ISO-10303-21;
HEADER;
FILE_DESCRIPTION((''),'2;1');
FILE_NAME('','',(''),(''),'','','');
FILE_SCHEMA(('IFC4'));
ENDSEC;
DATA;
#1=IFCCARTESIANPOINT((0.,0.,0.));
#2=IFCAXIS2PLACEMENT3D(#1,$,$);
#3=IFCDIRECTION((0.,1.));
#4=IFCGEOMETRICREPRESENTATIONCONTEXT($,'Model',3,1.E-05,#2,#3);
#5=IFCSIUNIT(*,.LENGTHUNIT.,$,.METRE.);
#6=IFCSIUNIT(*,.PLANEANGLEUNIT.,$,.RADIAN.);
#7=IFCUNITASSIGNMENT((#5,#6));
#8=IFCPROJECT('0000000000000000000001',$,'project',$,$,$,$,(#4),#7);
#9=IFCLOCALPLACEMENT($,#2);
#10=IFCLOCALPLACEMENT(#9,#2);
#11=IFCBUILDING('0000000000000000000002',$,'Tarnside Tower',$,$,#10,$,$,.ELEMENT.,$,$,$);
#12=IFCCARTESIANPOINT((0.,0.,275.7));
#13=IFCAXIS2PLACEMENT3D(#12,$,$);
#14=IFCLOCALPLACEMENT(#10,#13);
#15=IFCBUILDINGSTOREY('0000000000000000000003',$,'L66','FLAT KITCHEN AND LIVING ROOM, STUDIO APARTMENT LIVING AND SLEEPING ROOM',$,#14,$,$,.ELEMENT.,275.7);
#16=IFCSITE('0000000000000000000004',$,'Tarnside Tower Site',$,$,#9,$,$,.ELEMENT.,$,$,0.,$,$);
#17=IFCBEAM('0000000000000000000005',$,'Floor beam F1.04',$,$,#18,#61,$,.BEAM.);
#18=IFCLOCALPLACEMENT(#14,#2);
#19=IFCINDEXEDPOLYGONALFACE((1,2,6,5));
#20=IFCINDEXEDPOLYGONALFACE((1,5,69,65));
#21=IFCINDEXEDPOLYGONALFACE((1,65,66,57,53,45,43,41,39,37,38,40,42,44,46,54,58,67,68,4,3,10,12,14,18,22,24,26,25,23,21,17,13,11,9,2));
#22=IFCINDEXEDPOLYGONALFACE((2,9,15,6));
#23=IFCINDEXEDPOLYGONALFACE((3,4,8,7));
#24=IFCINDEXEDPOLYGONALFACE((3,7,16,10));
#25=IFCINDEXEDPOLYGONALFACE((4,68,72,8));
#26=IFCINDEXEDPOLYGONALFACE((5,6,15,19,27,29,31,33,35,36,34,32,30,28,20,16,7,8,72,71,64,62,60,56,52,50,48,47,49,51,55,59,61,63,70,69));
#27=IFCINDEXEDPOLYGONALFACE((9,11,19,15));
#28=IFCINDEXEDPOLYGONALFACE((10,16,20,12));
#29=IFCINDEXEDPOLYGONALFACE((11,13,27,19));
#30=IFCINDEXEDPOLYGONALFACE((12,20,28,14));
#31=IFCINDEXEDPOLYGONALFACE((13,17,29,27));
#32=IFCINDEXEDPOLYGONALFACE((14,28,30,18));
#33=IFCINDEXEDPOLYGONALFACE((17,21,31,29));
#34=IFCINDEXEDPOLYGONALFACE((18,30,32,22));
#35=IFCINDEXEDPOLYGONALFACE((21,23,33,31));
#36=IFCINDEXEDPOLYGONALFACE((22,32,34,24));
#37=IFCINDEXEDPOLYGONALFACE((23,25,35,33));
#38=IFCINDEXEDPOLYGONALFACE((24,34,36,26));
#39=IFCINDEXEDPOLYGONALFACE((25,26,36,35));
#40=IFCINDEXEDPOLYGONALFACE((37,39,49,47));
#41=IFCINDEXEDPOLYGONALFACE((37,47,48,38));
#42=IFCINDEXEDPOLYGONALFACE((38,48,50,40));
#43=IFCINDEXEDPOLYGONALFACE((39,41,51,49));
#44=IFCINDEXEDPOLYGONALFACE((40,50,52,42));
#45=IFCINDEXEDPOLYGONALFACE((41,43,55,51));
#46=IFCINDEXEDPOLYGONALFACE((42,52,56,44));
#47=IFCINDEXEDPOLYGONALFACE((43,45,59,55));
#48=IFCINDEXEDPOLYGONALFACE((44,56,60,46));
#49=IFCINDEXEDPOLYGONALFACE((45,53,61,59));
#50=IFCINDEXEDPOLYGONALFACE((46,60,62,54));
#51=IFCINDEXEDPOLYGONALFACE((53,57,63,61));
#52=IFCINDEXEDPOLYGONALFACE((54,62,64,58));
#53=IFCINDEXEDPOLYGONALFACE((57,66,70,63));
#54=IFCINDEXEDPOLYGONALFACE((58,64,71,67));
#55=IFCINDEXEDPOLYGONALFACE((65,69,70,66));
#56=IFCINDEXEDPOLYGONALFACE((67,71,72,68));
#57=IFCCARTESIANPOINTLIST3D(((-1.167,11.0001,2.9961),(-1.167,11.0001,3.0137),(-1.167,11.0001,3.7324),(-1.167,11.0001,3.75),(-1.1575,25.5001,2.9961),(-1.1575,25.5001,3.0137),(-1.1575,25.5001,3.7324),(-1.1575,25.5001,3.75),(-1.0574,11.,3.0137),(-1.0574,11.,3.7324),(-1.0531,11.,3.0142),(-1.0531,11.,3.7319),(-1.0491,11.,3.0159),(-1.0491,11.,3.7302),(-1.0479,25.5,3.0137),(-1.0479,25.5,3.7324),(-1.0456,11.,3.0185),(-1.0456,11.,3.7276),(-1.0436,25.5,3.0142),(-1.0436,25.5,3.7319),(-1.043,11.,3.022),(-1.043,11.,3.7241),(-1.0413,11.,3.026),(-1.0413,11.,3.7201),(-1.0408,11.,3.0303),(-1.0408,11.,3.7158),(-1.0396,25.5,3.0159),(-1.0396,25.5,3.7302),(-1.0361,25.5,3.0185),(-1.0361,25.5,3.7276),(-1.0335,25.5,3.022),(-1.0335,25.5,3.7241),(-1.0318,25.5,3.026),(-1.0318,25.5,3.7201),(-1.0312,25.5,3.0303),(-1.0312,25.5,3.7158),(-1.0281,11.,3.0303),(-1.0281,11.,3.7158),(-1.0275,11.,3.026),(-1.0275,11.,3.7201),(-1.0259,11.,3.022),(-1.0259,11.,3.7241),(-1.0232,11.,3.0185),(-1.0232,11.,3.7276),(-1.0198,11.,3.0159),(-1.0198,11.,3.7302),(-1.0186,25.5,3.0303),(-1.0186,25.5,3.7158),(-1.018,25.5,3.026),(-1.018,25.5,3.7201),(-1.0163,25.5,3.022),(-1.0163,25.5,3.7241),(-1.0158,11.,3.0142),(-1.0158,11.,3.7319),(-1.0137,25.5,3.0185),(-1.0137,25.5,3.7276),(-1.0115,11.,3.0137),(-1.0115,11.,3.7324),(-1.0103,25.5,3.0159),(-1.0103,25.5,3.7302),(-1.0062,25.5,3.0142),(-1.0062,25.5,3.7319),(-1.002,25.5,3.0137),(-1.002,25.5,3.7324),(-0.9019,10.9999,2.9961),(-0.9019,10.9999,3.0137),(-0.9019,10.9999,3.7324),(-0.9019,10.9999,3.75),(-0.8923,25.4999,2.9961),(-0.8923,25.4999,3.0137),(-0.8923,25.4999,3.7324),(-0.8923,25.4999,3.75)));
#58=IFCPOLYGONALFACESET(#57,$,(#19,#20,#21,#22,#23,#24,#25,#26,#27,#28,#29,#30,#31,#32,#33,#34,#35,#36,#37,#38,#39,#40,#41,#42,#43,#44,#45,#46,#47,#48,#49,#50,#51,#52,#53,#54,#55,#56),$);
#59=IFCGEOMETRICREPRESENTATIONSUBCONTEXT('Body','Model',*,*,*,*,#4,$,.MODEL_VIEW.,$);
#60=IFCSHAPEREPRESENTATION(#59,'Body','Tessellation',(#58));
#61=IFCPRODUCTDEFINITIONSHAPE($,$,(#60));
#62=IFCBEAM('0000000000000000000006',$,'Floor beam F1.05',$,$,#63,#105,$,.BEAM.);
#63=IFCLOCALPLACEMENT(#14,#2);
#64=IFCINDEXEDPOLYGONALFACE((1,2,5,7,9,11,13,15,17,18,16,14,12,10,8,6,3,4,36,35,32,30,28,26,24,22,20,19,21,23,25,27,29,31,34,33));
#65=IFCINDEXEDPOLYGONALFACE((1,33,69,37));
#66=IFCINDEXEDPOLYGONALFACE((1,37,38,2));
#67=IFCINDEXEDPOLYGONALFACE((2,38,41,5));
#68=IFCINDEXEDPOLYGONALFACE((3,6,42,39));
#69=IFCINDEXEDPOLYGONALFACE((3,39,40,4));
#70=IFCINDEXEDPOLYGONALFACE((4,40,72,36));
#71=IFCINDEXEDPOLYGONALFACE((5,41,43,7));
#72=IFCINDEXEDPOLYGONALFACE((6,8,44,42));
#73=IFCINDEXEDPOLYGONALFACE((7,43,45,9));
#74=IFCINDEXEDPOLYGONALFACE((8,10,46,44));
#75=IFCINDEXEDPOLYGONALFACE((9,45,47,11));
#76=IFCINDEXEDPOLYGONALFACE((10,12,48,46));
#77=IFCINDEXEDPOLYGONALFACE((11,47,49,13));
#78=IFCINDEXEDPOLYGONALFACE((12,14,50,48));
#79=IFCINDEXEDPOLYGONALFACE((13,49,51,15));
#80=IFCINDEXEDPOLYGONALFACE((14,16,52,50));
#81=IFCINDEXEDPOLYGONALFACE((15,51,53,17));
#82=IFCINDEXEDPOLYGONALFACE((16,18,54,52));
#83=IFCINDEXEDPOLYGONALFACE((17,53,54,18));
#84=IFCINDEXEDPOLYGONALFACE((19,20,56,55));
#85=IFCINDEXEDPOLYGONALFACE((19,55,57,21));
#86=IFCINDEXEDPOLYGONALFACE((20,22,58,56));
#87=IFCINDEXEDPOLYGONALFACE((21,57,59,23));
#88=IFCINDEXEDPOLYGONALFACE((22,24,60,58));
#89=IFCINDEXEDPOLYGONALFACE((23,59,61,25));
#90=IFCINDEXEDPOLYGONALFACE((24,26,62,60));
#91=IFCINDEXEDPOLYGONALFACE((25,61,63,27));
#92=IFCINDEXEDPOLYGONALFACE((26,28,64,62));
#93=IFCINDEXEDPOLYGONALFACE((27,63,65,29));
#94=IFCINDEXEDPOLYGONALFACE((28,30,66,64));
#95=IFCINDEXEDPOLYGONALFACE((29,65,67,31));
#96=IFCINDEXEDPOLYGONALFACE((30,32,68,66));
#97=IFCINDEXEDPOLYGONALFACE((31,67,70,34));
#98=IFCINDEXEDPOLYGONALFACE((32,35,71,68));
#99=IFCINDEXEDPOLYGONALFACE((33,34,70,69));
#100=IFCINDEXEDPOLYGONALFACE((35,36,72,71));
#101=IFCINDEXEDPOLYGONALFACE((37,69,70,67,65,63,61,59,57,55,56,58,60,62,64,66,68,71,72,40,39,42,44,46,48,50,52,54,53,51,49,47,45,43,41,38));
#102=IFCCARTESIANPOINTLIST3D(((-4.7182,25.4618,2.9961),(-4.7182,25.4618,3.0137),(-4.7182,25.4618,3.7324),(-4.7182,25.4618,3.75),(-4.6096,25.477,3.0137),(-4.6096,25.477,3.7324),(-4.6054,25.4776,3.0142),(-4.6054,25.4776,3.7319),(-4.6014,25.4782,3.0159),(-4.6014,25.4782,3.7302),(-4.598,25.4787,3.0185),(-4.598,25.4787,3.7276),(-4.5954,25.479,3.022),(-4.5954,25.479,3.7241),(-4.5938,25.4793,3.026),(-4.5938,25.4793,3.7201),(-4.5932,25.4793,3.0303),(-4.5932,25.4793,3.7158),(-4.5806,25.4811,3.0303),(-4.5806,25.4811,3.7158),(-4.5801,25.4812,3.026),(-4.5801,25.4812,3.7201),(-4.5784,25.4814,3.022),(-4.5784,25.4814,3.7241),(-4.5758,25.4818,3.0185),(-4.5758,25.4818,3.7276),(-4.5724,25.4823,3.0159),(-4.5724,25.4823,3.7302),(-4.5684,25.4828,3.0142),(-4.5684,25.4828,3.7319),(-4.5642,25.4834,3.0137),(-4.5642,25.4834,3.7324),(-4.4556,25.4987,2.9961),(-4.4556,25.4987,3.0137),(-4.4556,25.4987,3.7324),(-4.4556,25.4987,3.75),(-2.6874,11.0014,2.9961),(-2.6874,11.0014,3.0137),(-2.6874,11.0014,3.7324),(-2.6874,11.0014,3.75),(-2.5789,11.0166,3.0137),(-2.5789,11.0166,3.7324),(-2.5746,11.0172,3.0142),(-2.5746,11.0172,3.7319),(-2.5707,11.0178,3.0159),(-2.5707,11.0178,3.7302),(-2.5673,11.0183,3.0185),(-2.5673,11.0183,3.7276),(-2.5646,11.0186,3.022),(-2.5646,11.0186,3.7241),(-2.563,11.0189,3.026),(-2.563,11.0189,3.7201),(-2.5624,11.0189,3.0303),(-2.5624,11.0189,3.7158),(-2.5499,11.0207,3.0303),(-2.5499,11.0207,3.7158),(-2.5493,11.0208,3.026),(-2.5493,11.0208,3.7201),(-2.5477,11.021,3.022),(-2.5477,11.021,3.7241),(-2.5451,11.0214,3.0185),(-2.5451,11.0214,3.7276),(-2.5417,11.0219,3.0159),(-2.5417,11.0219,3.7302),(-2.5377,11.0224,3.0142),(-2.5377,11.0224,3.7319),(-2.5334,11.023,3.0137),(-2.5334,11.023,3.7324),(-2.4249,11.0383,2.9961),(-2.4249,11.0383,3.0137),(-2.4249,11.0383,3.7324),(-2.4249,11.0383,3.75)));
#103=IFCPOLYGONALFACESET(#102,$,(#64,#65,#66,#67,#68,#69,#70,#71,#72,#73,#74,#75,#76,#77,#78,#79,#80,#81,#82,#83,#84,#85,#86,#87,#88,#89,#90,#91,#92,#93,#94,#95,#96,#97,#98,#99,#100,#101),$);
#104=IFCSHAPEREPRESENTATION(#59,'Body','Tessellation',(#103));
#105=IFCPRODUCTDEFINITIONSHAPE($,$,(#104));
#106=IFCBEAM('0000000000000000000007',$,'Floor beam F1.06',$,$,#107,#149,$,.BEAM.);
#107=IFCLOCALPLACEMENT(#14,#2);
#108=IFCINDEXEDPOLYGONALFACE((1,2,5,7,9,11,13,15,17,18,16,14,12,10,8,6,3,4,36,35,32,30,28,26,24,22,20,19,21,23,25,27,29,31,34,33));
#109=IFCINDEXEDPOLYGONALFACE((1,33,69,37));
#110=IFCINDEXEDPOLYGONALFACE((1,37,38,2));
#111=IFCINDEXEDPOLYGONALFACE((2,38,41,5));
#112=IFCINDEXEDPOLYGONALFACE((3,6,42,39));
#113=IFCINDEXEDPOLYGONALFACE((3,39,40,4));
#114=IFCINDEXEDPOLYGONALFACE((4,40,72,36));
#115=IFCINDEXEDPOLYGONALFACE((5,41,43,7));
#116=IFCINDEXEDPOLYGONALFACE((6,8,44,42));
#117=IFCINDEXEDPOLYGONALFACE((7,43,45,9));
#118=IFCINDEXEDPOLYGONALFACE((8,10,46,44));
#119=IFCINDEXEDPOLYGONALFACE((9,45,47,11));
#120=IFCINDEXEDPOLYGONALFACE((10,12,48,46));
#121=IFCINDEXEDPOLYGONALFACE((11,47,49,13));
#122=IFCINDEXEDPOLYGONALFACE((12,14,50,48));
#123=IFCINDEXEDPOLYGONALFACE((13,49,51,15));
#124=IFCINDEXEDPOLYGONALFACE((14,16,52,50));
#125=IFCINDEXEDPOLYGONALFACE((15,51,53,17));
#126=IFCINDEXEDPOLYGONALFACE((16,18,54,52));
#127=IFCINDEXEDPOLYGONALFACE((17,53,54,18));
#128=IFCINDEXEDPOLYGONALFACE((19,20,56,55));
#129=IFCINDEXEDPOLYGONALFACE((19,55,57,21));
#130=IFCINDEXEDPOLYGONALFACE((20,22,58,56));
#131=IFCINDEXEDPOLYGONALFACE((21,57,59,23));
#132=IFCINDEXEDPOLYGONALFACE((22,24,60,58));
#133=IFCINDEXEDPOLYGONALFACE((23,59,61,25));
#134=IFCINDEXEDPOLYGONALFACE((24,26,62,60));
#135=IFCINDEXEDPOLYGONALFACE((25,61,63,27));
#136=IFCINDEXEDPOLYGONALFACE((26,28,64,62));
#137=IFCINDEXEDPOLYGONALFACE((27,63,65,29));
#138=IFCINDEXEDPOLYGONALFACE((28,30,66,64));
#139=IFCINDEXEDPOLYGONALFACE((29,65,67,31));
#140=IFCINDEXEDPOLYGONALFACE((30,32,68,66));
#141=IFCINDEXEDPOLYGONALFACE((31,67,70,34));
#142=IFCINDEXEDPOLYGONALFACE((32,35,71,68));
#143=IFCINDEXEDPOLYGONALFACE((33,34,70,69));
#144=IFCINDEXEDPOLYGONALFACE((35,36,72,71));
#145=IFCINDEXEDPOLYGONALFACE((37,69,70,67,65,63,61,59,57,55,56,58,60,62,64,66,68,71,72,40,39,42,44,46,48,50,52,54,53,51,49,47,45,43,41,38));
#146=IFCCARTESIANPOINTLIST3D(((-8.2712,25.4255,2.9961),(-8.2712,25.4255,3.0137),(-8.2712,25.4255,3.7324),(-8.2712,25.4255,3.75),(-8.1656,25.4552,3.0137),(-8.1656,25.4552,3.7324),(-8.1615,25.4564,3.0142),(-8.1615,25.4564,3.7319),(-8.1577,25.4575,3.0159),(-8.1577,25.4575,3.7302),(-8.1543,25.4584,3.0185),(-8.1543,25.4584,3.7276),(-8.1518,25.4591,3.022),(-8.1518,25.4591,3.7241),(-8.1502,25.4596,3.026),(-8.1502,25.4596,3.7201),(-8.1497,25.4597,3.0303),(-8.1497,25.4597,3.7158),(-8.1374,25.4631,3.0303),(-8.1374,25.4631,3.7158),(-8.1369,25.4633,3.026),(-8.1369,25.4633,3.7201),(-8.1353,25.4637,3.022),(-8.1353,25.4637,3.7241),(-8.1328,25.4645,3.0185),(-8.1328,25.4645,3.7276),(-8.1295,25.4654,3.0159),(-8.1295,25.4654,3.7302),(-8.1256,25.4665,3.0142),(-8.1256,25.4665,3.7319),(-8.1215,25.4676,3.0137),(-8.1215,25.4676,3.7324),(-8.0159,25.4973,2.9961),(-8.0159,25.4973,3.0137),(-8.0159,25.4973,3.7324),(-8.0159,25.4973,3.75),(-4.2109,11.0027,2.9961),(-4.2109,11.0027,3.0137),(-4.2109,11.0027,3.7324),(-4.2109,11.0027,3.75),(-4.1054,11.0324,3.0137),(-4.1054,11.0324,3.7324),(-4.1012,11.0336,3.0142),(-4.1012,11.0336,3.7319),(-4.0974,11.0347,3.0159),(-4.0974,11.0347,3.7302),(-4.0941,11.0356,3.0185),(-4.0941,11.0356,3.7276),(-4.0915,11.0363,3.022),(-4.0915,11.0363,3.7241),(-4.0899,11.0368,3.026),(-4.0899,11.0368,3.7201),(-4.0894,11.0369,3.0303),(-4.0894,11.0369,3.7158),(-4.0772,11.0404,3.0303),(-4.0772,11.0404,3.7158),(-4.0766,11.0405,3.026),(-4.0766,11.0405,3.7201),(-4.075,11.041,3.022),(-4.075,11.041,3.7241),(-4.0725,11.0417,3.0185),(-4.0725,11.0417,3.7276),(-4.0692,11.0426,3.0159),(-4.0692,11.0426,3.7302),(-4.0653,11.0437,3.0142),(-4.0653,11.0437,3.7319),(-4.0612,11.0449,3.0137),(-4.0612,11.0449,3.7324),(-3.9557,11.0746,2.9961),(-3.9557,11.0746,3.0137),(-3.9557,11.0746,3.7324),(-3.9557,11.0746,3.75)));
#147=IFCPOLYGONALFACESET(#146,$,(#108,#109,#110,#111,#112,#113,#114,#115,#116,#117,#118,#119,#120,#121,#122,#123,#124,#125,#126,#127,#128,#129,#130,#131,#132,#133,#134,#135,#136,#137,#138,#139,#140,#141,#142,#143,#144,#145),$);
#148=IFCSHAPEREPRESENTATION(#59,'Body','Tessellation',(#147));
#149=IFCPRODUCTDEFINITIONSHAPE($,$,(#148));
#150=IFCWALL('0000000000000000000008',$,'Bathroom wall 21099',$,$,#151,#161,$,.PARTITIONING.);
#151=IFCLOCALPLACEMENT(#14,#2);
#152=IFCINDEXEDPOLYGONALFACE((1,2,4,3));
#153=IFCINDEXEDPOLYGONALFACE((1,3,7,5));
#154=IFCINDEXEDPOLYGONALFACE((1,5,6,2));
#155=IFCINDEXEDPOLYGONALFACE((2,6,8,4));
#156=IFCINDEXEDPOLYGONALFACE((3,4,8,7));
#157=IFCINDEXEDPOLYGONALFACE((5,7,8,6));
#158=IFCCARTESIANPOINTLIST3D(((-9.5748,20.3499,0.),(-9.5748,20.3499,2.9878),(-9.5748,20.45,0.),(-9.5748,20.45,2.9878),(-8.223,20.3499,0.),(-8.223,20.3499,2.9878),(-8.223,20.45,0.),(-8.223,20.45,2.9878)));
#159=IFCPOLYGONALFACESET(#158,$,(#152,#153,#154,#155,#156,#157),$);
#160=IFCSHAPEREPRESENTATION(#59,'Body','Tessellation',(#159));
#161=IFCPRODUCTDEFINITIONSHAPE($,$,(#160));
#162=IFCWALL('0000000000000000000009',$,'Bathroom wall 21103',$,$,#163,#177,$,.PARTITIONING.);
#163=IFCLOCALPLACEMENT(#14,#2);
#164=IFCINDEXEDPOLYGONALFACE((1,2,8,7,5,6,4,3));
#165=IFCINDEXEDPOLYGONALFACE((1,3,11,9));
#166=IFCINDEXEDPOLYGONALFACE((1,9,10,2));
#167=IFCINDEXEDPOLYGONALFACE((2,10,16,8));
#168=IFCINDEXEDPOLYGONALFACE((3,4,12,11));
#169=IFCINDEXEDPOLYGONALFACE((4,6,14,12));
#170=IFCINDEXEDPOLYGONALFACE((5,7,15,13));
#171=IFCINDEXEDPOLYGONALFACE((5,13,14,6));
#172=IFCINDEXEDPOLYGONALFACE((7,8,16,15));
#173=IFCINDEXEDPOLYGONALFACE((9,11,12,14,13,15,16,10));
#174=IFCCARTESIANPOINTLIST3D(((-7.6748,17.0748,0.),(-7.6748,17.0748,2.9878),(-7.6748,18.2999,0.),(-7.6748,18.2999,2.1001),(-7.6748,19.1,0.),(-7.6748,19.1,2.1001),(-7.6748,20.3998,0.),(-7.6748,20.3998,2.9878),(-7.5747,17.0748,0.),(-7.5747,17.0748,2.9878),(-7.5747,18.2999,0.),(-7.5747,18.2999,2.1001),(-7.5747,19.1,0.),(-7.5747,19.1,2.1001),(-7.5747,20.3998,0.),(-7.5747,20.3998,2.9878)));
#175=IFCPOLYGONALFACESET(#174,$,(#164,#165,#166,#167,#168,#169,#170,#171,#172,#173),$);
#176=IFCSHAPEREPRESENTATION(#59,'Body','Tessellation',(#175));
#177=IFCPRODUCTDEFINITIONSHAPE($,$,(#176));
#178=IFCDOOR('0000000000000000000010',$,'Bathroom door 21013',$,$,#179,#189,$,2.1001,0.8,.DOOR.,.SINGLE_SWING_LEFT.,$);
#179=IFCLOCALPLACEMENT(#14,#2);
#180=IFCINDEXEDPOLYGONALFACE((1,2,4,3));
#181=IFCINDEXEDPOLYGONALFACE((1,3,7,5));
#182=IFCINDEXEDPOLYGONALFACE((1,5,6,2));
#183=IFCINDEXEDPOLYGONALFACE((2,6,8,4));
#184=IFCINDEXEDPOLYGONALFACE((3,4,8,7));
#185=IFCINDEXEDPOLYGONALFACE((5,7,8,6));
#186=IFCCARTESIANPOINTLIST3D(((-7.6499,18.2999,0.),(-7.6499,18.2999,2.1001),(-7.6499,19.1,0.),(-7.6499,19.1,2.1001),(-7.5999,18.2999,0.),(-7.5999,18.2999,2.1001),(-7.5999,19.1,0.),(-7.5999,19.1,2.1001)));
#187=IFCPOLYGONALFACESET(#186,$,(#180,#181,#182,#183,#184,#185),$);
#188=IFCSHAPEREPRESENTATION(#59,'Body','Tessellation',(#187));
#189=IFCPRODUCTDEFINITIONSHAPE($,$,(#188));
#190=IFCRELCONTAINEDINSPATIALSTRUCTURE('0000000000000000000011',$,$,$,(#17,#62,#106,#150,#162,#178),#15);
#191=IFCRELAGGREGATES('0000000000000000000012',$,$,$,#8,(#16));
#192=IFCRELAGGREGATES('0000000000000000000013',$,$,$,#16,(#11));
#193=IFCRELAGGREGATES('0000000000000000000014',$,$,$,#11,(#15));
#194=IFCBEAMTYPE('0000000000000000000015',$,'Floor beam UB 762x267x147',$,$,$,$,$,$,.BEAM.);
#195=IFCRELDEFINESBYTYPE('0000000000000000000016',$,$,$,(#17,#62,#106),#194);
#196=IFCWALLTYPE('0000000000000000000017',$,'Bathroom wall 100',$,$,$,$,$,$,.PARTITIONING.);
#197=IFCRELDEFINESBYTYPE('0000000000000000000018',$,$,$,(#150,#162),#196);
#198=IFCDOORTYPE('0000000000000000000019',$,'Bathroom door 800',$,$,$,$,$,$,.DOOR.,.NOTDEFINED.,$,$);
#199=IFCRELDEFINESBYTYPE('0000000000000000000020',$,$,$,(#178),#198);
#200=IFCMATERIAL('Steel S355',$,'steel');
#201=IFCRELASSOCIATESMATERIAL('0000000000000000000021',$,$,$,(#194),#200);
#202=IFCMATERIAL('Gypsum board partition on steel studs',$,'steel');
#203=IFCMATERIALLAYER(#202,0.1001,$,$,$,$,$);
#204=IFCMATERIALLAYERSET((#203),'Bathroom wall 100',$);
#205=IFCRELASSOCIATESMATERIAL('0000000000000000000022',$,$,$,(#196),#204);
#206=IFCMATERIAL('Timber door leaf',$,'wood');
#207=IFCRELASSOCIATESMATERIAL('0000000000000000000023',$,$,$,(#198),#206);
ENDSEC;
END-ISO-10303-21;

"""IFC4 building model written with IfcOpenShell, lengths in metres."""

from ifc_helpers import new_model, si_unit, direction, frame, frame_2d, origin, origin_2d, place, context, subcontext, project, spatial, rectangle, i_section, extrude, material, layer, layer_set, material_profile, profile_set, type_object, element, fill, save


model = new_model("IFC4")

# Units and contexts
model_context = context("Model", 3, precision=1e-05, world=origin(), true_north=direction((0.0, 1.0)))
body_context = subcontext(model_context, "Body", "Model", "MODEL_VIEW")
ifc_project = project(units=[si_unit("LENGTHUNIT", "METRE"), si_unit("PLANEANGLEUNIT", "RADIAN")], contexts=[model_context])

# Site, building, storey
site_placement = place(None, origin())
site = spatial("IfcSite", under=ifc_project, at=site_placement, Name="Tarnside Tower Site", CompositionType="ELEMENT", RefElevation=0.0)
building_placement = place(site_placement, origin())
building = spatial("IfcBuilding", under=site, at=building_placement, Name="Tarnside Tower", CompositionType="ELEMENT")
storey_placement = place(building_placement, frame((0.0, 0.0, 275.7)))
storey = spatial("IfcBuildingStorey", under=building, at=storey_placement, Name="L66", Description="FLAT KITCHEN AND LIVING ROOM, STUDIO APARTMENT LIVING AND SLEEPING ROOM", CompositionType="ELEMENT", Elevation=275.7)

# Beams
ifc_material_1 = material(Name="Steel S355", Category="steel")
ifc_material_profile = material_profile(ifc_material_1, i_section(OverallWidth=0.2651, OverallDepth=0.7539, WebThickness=0.0127, FlangeThickness=0.0176, FilletRadius=0.0166, at=origin_2d()), Name="UB 762x267x147")
ifc_profile_set = profile_set([ifc_material_profile], Name="Steel S355")
beam_type = type_object("IfcBeamType", Name="Floor beam UB 762x267x147", PredefinedType="BEAM", material=ifc_profile_set)
beam_1_placement = place(storey_placement, frame((-1.0249, 25.5, 3.373), z_axis=(-0.000657, -1.0, 0.0), x_axis=(1.0, -0.000657, 0.0)))
element("IfcBeam", 1, at=beam_1_placement, inside=storey, type_object=beam_type, Name="Floor beam F1.04", PredefinedType="BEAM", context=body_context, shape_type="SweptSolid", body=[
    extrude(i_section(OverallWidth=0.2651, OverallDepth=0.7539, WebThickness=0.0127, FlangeThickness=0.0176, FilletRadius=0.0166, at=origin_2d()), origin(), (0.0, 0.0, 1.0), 14.5),
])
beam_2_placement = place(storey_placement, frame((-4.5869, 25.4802, 3.373), z_axis=(0.139071, -0.990282, 0.0), x_axis=(0.990282, 0.139071, 0.0)))
element("IfcBeam", 2, at=beam_2_placement, inside=storey, type_object=beam_type, Name="Floor beam F1.05", PredefinedType="BEAM", context=body_context, shape_type="SweptSolid", body=[
    extrude(i_section(OverallWidth=0.2651, OverallDepth=0.7539, WebThickness=0.0127, FlangeThickness=0.0176, FilletRadius=0.0166, at=origin_2d()), origin(), (0.0, 0.0, 1.0), 14.6023),
])
beam_3_placement = place(storey_placement, frame((-8.1436, 25.4614, 3.373), z_axis=(0.270985, -0.962583, 0.0), x_axis=(0.962583, 0.270985, 0.0)))
element("IfcBeam", 3, at=beam_3_placement, inside=storey, type_object=beam_type, Name="Floor beam F1.06", PredefinedType="BEAM", context=body_context, shape_type="SweptSolid", body=[
    extrude(i_section(OverallWidth=0.2651, OverallDepth=0.7539, WebThickness=0.0127, FlangeThickness=0.0176, FilletRadius=0.0166, at=origin_2d()), origin(), (0.0, 0.0, 1.0), 14.9834),
])

# Wall
ifc_material_2 = material(Name="Gypsum board partition on steel studs", Category="steel")
ifc_layer_1 = layer(ifc_material_2, 0.1001)
ifc_layer_set_1 = layer_set([ifc_layer_1], Name="Bathroom wall 100")
wall_type_1 = type_object("IfcWallType", Name="Bathroom wall 100", PredefinedType="PARTITIONING", material=ifc_layer_set_1)
wall_1_placement = place(storey_placement, frame((-9.5747, 20.3999, 0.0), z_axis=(0.0, 0.0, 1.0), x_axis=(1.0, 0.0, 0.0)))
element("IfcWall", 4, at=wall_1_placement, inside=storey, type_object=wall_type_1, Name="Bathroom wall 21099", PredefinedType="PARTITIONING", context=body_context, shape_type="SweptSolid", body=[
    extrude(rectangle(XDim=1.3518, YDim=0.1001, at=frame_2d((0.6758, 0.0))), origin(), (0.0, 0.0, 1.0), 2.9878),
])

# Wall, opening, door
wall_2_placement = place(storey_placement, frame((-7.6248, 20.3999, 0.0), z_axis=(0.0, 0.0, 1.0), x_axis=(0.0, -1.0, 0.0)))
wall_2 = element("IfcWall", 5, at=wall_2_placement, inside=storey, type_object=wall_type_1, Name="Bathroom wall 21103", PredefinedType="PARTITIONING", context=body_context, shape_type="SweptSolid", body=[
    extrude(rectangle(XDim=3.325, YDim=0.1001, at=frame_2d((1.6626, 0.0))), origin(), (0.0, 0.0, 1.0), 2.9878),
])
opening_1_placement = place(wall_2_placement, frame((1.3, 0.0, 0.0)))
opening_1 = element("IfcOpeningElement", 6, at=opening_1_placement, cuts=wall_2, PredefinedType="OPENING", context=body_context, shape_type="SweptSolid", body=[
    extrude(rectangle(XDim=0.8, YDim=2.1001, at=frame_2d((0.3999, 1.05))), frame((0.0, 0.0601, 0.0), z_axis=(0.0, -1.0, 0.0), x_axis=(1.0, 0.0, 0.0)), (0.0, 0.0, 1.0), 0.1201),
])
ifc_material_3 = material(Name="Timber door leaf", Category="wood")
door_type_1 = type_object("IfcDoorType", Name="Bathroom door 800", OperationType="NOTDEFINED", PredefinedType="DOOR", material=ifc_material_3)
door_1_placement = place(opening_1_placement, origin())
door_1 = element("IfcDoor", 7, at=door_1_placement, inside=storey, type_object=door_type_1, Name="Bathroom door 21013", OperationType="SINGLE_SWING_LEFT", OverallHeight=2.1001, OverallWidth=0.8, PredefinedType="DOOR", context=body_context, shape_type="SweptSolid", body=[
    extrude(rectangle(XDim=0.8, YDim=2.1001, at=frame_2d((0.3999, 1.05))), frame((0.0, 0.0249, 0.0), z_axis=(0.0, -1.0, 0.0), x_axis=(1.0, 0.0, 0.0)), (0.0, 0.0, 1.0), 0.05),
])
fill(opening_1, door_1)

save(model, "model.ifc")
